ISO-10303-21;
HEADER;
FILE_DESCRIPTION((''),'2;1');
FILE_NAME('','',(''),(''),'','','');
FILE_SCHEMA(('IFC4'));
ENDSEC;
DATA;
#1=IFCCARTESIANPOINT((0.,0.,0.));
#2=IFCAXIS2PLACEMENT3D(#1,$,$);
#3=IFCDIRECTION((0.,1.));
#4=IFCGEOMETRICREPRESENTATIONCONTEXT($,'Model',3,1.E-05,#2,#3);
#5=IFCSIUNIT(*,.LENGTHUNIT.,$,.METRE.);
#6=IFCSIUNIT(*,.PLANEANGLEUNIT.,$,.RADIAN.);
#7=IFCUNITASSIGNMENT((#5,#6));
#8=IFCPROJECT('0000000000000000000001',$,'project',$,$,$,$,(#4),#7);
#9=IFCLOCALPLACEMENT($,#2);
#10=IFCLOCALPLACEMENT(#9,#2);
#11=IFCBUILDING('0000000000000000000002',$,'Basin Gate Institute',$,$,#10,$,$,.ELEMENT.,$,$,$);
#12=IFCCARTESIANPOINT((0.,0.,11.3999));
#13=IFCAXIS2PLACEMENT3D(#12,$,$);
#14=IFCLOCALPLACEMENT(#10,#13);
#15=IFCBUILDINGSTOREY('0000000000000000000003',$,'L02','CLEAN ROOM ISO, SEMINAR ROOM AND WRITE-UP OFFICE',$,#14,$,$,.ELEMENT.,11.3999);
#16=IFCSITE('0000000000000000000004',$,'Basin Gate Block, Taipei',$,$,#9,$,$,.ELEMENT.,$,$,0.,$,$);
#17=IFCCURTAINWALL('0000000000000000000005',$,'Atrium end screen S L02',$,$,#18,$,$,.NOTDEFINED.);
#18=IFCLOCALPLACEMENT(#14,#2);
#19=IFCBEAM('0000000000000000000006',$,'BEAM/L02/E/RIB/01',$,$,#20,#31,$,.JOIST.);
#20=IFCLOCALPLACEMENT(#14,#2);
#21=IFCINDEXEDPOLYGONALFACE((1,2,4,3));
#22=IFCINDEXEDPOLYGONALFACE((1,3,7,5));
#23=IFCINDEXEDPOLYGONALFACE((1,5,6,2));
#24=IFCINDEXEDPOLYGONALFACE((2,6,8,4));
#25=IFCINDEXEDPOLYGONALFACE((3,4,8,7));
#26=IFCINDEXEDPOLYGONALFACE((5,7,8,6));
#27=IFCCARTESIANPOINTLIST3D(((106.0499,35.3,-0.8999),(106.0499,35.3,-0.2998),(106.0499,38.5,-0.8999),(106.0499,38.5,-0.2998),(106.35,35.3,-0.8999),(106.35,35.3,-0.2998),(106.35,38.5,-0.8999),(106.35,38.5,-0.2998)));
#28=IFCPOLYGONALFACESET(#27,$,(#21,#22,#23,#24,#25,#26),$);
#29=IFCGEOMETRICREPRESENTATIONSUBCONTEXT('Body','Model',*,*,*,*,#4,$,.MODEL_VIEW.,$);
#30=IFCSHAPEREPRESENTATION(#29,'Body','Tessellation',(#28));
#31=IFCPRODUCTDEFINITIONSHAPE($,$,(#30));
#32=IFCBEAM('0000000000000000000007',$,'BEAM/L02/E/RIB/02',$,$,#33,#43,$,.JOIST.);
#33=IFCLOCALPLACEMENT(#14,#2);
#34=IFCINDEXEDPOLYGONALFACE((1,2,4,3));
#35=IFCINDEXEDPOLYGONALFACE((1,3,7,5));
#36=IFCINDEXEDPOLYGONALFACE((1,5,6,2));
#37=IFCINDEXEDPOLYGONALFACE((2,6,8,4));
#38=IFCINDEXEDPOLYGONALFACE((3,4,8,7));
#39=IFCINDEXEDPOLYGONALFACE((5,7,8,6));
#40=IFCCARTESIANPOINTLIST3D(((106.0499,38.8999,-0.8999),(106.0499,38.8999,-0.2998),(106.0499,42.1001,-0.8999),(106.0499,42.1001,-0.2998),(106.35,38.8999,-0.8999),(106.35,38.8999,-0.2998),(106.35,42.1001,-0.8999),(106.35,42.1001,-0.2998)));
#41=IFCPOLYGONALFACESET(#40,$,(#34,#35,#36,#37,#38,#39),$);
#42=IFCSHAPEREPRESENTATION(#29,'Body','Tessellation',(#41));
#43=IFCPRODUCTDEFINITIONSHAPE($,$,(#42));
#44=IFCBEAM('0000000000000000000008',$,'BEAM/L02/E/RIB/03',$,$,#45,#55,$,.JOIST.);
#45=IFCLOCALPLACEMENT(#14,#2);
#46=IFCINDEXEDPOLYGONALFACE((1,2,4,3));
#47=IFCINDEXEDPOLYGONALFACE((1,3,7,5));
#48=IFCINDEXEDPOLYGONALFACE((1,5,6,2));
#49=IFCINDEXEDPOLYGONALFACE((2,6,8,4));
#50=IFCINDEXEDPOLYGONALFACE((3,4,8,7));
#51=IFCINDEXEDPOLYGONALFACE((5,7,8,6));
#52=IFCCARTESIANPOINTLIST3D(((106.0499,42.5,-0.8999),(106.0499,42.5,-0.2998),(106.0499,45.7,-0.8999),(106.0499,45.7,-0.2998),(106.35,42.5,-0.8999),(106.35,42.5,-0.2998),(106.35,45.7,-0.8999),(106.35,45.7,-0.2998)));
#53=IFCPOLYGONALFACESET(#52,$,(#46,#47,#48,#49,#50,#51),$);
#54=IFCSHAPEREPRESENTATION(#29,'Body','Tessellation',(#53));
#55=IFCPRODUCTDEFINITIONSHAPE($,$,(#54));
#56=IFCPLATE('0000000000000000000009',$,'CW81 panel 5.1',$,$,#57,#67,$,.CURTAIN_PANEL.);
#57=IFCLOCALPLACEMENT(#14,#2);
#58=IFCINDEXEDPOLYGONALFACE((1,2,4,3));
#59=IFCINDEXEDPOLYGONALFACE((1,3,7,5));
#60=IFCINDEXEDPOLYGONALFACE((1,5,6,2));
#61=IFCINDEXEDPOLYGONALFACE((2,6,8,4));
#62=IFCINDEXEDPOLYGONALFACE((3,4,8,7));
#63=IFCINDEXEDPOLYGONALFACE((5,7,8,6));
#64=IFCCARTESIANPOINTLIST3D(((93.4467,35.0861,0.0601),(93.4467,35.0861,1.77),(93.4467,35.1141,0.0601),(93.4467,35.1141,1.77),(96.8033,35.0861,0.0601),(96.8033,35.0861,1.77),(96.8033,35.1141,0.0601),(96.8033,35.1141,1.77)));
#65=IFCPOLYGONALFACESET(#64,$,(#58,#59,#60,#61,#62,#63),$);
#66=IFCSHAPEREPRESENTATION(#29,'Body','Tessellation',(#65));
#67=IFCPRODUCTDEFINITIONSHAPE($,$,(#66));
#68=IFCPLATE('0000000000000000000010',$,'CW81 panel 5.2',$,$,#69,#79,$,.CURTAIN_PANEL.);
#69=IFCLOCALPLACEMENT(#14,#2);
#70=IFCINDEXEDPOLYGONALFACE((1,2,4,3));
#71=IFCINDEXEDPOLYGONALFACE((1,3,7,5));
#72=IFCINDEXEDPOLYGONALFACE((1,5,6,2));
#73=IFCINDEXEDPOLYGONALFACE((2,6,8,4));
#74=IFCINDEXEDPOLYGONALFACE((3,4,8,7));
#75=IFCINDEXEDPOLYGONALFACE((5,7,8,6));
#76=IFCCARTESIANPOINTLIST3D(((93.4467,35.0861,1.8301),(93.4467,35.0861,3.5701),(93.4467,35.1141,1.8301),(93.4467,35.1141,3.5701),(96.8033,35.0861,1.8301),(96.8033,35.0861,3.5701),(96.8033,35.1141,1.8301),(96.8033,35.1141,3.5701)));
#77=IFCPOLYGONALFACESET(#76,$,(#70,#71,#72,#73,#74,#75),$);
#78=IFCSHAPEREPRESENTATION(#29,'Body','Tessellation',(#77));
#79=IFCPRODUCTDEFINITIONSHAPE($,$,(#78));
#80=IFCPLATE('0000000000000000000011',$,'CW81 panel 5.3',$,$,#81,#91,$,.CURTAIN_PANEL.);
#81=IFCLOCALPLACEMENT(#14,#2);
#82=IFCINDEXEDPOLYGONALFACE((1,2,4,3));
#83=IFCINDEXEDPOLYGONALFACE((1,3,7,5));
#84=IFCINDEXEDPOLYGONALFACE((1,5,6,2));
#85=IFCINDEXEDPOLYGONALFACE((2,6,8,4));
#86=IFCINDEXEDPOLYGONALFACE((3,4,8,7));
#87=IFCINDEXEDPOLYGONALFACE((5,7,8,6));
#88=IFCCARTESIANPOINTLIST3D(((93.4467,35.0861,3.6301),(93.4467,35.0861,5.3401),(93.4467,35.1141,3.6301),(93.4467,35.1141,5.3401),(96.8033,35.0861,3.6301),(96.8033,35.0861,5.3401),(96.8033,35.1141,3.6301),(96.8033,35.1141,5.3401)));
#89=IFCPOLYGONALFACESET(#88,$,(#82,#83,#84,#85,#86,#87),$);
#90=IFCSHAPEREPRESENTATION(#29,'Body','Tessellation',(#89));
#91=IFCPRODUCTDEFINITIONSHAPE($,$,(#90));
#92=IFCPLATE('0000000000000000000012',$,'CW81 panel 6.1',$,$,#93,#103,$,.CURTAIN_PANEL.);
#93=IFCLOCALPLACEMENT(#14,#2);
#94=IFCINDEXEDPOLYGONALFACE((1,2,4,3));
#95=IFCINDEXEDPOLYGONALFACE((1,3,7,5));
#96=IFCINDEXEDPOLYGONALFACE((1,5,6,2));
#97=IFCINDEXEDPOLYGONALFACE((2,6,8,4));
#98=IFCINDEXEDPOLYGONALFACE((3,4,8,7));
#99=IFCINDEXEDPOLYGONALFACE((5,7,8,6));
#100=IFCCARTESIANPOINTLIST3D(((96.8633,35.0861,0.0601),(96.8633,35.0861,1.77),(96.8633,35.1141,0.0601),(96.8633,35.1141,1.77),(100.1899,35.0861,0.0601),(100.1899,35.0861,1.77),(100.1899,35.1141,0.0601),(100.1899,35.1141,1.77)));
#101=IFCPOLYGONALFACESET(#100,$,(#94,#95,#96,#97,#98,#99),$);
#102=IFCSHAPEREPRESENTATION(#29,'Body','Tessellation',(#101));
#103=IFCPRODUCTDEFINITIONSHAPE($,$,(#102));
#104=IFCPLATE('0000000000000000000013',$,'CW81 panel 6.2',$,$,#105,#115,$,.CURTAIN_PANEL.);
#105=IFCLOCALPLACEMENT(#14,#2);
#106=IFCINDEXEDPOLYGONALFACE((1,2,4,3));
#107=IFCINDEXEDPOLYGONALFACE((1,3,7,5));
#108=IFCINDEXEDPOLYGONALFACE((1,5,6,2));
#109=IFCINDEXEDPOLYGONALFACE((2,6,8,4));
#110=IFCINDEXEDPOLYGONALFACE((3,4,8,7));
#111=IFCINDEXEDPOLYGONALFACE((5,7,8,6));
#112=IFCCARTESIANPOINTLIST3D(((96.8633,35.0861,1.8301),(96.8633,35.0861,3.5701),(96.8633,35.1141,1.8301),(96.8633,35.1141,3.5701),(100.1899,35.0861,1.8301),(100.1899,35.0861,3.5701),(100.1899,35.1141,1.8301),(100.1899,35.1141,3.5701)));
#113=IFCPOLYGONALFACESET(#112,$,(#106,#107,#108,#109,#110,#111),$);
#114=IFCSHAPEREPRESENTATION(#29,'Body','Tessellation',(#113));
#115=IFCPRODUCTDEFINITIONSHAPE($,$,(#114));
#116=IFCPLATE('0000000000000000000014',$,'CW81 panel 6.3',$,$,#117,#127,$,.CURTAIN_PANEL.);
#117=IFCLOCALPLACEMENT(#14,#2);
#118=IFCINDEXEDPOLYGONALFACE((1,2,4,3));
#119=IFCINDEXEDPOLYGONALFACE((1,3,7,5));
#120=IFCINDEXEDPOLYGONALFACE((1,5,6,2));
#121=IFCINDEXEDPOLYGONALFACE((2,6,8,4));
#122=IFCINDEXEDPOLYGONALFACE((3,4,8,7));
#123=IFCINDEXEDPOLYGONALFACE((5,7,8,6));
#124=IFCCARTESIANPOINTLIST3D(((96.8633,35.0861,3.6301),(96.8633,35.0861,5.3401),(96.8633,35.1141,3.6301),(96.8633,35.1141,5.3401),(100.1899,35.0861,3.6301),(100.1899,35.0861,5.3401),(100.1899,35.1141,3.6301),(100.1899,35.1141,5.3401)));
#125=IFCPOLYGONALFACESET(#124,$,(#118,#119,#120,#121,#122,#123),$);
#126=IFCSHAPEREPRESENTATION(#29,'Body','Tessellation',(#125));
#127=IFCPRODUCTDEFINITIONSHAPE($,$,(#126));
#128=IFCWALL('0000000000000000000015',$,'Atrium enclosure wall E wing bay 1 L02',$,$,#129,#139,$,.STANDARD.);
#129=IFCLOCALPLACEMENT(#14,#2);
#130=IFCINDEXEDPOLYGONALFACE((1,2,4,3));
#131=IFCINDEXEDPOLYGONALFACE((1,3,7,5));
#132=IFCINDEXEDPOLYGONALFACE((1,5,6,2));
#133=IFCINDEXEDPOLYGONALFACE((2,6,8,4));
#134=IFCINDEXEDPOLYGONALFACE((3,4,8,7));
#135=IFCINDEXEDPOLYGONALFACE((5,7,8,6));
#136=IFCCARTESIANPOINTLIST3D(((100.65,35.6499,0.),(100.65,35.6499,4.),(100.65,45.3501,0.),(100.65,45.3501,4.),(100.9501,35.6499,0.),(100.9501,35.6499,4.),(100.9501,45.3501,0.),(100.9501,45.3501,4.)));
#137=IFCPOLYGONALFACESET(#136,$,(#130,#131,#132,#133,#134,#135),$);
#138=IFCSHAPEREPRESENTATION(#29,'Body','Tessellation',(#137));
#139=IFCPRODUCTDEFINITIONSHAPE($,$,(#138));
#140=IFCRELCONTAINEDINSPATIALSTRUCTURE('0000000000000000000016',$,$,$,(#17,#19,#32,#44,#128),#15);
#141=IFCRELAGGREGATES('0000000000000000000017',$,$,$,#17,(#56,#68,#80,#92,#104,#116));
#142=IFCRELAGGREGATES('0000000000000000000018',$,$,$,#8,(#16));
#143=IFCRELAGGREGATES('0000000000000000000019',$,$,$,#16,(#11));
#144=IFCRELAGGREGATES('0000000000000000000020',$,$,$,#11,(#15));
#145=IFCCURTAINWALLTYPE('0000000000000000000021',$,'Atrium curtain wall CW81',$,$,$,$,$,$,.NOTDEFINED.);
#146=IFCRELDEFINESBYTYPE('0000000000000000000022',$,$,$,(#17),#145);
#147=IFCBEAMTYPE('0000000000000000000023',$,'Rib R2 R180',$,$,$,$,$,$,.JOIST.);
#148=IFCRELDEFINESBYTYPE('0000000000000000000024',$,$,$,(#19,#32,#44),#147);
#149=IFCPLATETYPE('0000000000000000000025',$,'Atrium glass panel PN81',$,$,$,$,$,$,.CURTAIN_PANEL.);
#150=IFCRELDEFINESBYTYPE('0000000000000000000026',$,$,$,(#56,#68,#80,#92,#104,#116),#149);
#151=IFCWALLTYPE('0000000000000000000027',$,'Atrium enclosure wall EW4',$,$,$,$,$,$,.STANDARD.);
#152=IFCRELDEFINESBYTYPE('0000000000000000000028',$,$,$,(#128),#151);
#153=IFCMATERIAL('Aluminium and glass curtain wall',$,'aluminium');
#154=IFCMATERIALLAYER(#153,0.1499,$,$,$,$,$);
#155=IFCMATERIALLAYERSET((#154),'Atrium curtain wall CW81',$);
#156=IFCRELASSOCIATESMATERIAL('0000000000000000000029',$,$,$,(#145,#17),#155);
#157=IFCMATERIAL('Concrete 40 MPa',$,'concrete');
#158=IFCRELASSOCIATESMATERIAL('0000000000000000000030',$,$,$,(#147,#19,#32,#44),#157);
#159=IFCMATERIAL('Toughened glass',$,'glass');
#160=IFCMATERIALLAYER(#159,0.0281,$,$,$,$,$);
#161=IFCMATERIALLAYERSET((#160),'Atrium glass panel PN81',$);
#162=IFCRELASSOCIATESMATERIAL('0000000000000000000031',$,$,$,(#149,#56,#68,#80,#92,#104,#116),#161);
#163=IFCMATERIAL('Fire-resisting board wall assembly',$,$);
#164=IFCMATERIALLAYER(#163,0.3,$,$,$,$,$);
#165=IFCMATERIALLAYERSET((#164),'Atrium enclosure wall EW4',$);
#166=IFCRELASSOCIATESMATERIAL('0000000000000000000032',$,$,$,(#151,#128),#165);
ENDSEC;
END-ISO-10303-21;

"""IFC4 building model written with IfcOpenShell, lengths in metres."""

from ifc_helpers import new_model, si_unit, direction, frame, frame_2d, origin, origin_2d, place, context, subcontext, project, spatial, rectangle, extrude, material, layer, layer_set, material_profile, profile_set, type_object, element, aggregate, save


model = new_model("IFC4")

# Units and contexts
model_context = context("Model", 3, precision=1e-05, world=origin(), true_north=direction((0.0, 1.0)))
body_context = subcontext(model_context, "Body", "Model", "MODEL_VIEW")
ifc_project = project(units=[si_unit("LENGTHUNIT", "METRE"), si_unit("PLANEANGLEUNIT", "RADIAN")], contexts=[model_context])

# Site, building, storey
site_placement = place(None, origin())
site = spatial("IfcSite", under=ifc_project, at=site_placement, Name="Basin Gate Block, Taipei", CompositionType="ELEMENT", RefElevation=0.0)
building_placement = place(site_placement, origin())
building = spatial("IfcBuilding", under=site, at=building_placement, Name="Basin Gate Institute", CompositionType="ELEMENT")
storey_placement = place(building_placement, frame((0.0, 0.0, 11.3999)))
storey = spatial("IfcBuildingStorey", under=building, at=storey_placement, Name="L02", Description="CLEAN ROOM ISO, SEMINAR ROOM AND WRITE-UP OFFICE", CompositionType="ELEMENT", Elevation=11.3999)

# Curtain wall
ifc_material_1 = material(Name="Aluminium and glass curtain wall", Category="aluminium")
ifc_layer_1 = layer(ifc_material_1, 0.1499)
ifc_layer_set_1 = layer_set([ifc_layer_1], Name="Atrium curtain wall CW81")
curtain_wall_type = type_object("IfcCurtainWallType", Name="Atrium curtain wall CW81", PredefinedType="NOTDEFINED", material=ifc_layer_set_1)
curtain_wall_placement = place(storey_placement, origin())
curtain_wall = element("IfcCurtainWall", 1, at=curtain_wall_placement, inside=storey, type_object=curtain_wall_type, material=ifc_layer_set_1, Name="Atrium end screen S L02", PredefinedType="NOTDEFINED")

# Beams
ifc_material_2 = material(Name="Concrete 40 MPa", Category="concrete")
ifc_material_profile_1 = material_profile(ifc_material_2, rectangle(XDim=0.3, YDim=0.6001, at=origin_2d()), Name="Rib R2 300 x 600")
ifc_profile_set_1 = profile_set([ifc_material_profile_1], Name="Concrete 40 MPa")
beam_type_1 = type_object("IfcBeamType", Name="Rib R2 R180", PredefinedType="JOIST", material=ifc_profile_set_1)
beam_1_placement = place(storey_placement, frame((106.2, 35.3, -0.5999), z_axis=(0.0, 1.0, 0.0), x_axis=(-1.0, 0.0, 0.0)))
element("IfcBeam", 2, at=beam_1_placement, inside=storey, type_object=beam_type_1, material=ifc_profile_set_1, Name="BEAM/L02/E/RIB/01", PredefinedType="JOIST", context=body_context, shape_type="SweptSolid", body=[
    extrude(rectangle(XDim=0.3, YDim=0.6001, at=origin_2d()), origin(), (0.0, 0.0, 1.0), 3.2),
])
beam_2_placement = place(storey_placement, frame((106.2, 38.8999, -0.5999), z_axis=(0.0, 1.0, 0.0), x_axis=(-1.0, 0.0, 0.0)))
element("IfcBeam", 3, at=beam_2_placement, inside=storey, type_object=beam_type_1, material=ifc_profile_set_1, Name="BEAM/L02/E/RIB/02", PredefinedType="JOIST", context=body_context, shape_type="SweptSolid", body=[
    extrude(rectangle(XDim=0.3, YDim=0.6001, at=origin_2d()), origin(), (0.0, 0.0, 1.0), 3.2002),
])
beam_3_placement = place(storey_placement, frame((106.2, 42.5, -0.5999), z_axis=(0.0, 1.0, 0.0), x_axis=(-1.0, 0.0, 0.0)))
element("IfcBeam", 4, at=beam_3_placement, inside=storey, type_object=beam_type_1, material=ifc_profile_set_1, Name="BEAM/L02/E/RIB/03", PredefinedType="JOIST", context=body_context, shape_type="SweptSolid", body=[
    extrude(rectangle(XDim=0.3, YDim=0.6001, at=origin_2d()), origin(), (0.0, 0.0, 1.0), 3.2),
])

# Plates
ifc_material_3 = material(Name="Toughened glass", Category="glass")
ifc_layer_2 = layer(ifc_material_3, 0.0281)
ifc_layer_set_2 = layer_set([ifc_layer_2], Name="Atrium glass panel PN81")
plate_type = type_object("IfcPlateType", Name="Atrium glass panel PN81", PredefinedType="CURTAIN_PANEL", material=ifc_layer_set_2)
plate_1_placement = place(storey_placement, frame((95.125, 35.1001, 0.0601), z_axis=(0.0, 0.0, 1.0), x_axis=(1.0, 0.0, 0.0)))
plate_1 = element("IfcPlate", 5, at=plate_1_placement, type_object=plate_type, material=ifc_layer_set_2, Name="CW81 panel 5.1", PredefinedType="CURTAIN_PANEL", context=body_context, shape_type="SweptSolid", body=[
    extrude(rectangle(XDim=3.3567, YDim=0.0281, at=origin_2d()), origin(), (0.0, 0.0, 1.0), 1.71),
])
plate_2_placement = place(storey_placement, frame((95.125, 35.1001, 1.8301), z_axis=(0.0, 0.0, 1.0), x_axis=(1.0, 0.0, 0.0)))
plate_2 = element("IfcPlate", 6, at=plate_2_placement, type_object=plate_type, material=ifc_layer_set_2, Name="CW81 panel 5.2", PredefinedType="CURTAIN_PANEL", context=body_context, shape_type="SweptSolid", body=[
    extrude(rectangle(XDim=3.3567, YDim=0.0281, at=origin_2d()), origin(), (0.0, 0.0, 1.0), 1.74),
])
plate_3_placement = place(storey_placement, frame((95.125, 35.1001, 3.6301), z_axis=(0.0, 0.0, 1.0), x_axis=(1.0, 0.0, 0.0)))
plate_3 = element("IfcPlate", 7, at=plate_3_placement, type_object=plate_type, material=ifc_layer_set_2, Name="CW81 panel 5.3", PredefinedType="CURTAIN_PANEL", context=body_context, shape_type="SweptSolid", body=[
    extrude(rectangle(XDim=3.3567, YDim=0.0281, at=origin_2d()), origin(), (0.0, 0.0, 1.0), 1.71),
])
plate_4_placement = place(storey_placement, frame((98.5266, 35.1001, 0.0601), z_axis=(0.0, 0.0, 1.0), x_axis=(1.0, 0.0, 0.0)))
plate_4 = element("IfcPlate", 8, at=plate_4_placement, type_object=plate_type, material=ifc_layer_set_2, Name="CW81 panel 6.1", PredefinedType="CURTAIN_PANEL", context=body_context, shape_type="SweptSolid", body=[
    extrude(rectangle(XDim=3.3267, YDim=0.0281, at=origin_2d()), origin(), (0.0, 0.0, 1.0), 1.71),
])
plate_5_placement = place(storey_placement, frame((98.5266, 35.1001, 1.8301), z_axis=(0.0, 0.0, 1.0), x_axis=(1.0, 0.0, 0.0)))
plate_5 = element("IfcPlate", 9, at=plate_5_placement, type_object=plate_type, material=ifc_layer_set_2, Name="CW81 panel 6.2", PredefinedType="CURTAIN_PANEL", context=body_context, shape_type="SweptSolid", body=[
    extrude(rectangle(XDim=3.3267, YDim=0.0281, at=origin_2d()), origin(), (0.0, 0.0, 1.0), 1.74),
])
plate_6_placement = place(storey_placement, frame((98.5266, 35.1001, 3.6301), z_axis=(0.0, 0.0, 1.0), x_axis=(1.0, 0.0, 0.0)))
plate_6 = element("IfcPlate", 10, at=plate_6_placement, type_object=plate_type, material=ifc_layer_set_2, Name="CW81 panel 6.3", PredefinedType="CURTAIN_PANEL", context=body_context, shape_type="SweptSolid", body=[
    extrude(rectangle(XDim=3.3267, YDim=0.0281, at=origin_2d()), origin(), (0.0, 0.0, 1.0), 1.71),
])
aggregate(curtain_wall, [plate_1, plate_2, plate_3, plate_4, plate_5, plate_6])

# Wall
ifc_material_4 = material(Name="Fire-resisting board wall assembly")
ifc_layer_3 = layer(ifc_material_4, 0.3)
ifc_layer_set_3 = layer_set([ifc_layer_3], Name="Atrium enclosure wall EW4")
wall_type_1 = type_object("IfcWallType", Name="Atrium enclosure wall EW4", PredefinedType="STANDARD", material=ifc_layer_set_3)
wall_1_placement = place(storey_placement, frame((100.8, 35.6499, 0.0), z_axis=(0.0, 0.0, 1.0), x_axis=(0.0, 1.0, 0.0)))
element("IfcWall", 11, at=wall_1_placement, inside=storey, type_object=wall_type_1, material=ifc_layer_set_3, Name="Atrium enclosure wall E wing bay 1 L02", PredefinedType="STANDARD", context=body_context, shape_type="SweptSolid", body=[
    extrude(rectangle(XDim=9.7002, YDim=0.3, at=frame_2d((4.8501, 0.0))), origin(), (0.0, 0.0, 1.0), 4.0),
])

save(model, "model.ifc")
